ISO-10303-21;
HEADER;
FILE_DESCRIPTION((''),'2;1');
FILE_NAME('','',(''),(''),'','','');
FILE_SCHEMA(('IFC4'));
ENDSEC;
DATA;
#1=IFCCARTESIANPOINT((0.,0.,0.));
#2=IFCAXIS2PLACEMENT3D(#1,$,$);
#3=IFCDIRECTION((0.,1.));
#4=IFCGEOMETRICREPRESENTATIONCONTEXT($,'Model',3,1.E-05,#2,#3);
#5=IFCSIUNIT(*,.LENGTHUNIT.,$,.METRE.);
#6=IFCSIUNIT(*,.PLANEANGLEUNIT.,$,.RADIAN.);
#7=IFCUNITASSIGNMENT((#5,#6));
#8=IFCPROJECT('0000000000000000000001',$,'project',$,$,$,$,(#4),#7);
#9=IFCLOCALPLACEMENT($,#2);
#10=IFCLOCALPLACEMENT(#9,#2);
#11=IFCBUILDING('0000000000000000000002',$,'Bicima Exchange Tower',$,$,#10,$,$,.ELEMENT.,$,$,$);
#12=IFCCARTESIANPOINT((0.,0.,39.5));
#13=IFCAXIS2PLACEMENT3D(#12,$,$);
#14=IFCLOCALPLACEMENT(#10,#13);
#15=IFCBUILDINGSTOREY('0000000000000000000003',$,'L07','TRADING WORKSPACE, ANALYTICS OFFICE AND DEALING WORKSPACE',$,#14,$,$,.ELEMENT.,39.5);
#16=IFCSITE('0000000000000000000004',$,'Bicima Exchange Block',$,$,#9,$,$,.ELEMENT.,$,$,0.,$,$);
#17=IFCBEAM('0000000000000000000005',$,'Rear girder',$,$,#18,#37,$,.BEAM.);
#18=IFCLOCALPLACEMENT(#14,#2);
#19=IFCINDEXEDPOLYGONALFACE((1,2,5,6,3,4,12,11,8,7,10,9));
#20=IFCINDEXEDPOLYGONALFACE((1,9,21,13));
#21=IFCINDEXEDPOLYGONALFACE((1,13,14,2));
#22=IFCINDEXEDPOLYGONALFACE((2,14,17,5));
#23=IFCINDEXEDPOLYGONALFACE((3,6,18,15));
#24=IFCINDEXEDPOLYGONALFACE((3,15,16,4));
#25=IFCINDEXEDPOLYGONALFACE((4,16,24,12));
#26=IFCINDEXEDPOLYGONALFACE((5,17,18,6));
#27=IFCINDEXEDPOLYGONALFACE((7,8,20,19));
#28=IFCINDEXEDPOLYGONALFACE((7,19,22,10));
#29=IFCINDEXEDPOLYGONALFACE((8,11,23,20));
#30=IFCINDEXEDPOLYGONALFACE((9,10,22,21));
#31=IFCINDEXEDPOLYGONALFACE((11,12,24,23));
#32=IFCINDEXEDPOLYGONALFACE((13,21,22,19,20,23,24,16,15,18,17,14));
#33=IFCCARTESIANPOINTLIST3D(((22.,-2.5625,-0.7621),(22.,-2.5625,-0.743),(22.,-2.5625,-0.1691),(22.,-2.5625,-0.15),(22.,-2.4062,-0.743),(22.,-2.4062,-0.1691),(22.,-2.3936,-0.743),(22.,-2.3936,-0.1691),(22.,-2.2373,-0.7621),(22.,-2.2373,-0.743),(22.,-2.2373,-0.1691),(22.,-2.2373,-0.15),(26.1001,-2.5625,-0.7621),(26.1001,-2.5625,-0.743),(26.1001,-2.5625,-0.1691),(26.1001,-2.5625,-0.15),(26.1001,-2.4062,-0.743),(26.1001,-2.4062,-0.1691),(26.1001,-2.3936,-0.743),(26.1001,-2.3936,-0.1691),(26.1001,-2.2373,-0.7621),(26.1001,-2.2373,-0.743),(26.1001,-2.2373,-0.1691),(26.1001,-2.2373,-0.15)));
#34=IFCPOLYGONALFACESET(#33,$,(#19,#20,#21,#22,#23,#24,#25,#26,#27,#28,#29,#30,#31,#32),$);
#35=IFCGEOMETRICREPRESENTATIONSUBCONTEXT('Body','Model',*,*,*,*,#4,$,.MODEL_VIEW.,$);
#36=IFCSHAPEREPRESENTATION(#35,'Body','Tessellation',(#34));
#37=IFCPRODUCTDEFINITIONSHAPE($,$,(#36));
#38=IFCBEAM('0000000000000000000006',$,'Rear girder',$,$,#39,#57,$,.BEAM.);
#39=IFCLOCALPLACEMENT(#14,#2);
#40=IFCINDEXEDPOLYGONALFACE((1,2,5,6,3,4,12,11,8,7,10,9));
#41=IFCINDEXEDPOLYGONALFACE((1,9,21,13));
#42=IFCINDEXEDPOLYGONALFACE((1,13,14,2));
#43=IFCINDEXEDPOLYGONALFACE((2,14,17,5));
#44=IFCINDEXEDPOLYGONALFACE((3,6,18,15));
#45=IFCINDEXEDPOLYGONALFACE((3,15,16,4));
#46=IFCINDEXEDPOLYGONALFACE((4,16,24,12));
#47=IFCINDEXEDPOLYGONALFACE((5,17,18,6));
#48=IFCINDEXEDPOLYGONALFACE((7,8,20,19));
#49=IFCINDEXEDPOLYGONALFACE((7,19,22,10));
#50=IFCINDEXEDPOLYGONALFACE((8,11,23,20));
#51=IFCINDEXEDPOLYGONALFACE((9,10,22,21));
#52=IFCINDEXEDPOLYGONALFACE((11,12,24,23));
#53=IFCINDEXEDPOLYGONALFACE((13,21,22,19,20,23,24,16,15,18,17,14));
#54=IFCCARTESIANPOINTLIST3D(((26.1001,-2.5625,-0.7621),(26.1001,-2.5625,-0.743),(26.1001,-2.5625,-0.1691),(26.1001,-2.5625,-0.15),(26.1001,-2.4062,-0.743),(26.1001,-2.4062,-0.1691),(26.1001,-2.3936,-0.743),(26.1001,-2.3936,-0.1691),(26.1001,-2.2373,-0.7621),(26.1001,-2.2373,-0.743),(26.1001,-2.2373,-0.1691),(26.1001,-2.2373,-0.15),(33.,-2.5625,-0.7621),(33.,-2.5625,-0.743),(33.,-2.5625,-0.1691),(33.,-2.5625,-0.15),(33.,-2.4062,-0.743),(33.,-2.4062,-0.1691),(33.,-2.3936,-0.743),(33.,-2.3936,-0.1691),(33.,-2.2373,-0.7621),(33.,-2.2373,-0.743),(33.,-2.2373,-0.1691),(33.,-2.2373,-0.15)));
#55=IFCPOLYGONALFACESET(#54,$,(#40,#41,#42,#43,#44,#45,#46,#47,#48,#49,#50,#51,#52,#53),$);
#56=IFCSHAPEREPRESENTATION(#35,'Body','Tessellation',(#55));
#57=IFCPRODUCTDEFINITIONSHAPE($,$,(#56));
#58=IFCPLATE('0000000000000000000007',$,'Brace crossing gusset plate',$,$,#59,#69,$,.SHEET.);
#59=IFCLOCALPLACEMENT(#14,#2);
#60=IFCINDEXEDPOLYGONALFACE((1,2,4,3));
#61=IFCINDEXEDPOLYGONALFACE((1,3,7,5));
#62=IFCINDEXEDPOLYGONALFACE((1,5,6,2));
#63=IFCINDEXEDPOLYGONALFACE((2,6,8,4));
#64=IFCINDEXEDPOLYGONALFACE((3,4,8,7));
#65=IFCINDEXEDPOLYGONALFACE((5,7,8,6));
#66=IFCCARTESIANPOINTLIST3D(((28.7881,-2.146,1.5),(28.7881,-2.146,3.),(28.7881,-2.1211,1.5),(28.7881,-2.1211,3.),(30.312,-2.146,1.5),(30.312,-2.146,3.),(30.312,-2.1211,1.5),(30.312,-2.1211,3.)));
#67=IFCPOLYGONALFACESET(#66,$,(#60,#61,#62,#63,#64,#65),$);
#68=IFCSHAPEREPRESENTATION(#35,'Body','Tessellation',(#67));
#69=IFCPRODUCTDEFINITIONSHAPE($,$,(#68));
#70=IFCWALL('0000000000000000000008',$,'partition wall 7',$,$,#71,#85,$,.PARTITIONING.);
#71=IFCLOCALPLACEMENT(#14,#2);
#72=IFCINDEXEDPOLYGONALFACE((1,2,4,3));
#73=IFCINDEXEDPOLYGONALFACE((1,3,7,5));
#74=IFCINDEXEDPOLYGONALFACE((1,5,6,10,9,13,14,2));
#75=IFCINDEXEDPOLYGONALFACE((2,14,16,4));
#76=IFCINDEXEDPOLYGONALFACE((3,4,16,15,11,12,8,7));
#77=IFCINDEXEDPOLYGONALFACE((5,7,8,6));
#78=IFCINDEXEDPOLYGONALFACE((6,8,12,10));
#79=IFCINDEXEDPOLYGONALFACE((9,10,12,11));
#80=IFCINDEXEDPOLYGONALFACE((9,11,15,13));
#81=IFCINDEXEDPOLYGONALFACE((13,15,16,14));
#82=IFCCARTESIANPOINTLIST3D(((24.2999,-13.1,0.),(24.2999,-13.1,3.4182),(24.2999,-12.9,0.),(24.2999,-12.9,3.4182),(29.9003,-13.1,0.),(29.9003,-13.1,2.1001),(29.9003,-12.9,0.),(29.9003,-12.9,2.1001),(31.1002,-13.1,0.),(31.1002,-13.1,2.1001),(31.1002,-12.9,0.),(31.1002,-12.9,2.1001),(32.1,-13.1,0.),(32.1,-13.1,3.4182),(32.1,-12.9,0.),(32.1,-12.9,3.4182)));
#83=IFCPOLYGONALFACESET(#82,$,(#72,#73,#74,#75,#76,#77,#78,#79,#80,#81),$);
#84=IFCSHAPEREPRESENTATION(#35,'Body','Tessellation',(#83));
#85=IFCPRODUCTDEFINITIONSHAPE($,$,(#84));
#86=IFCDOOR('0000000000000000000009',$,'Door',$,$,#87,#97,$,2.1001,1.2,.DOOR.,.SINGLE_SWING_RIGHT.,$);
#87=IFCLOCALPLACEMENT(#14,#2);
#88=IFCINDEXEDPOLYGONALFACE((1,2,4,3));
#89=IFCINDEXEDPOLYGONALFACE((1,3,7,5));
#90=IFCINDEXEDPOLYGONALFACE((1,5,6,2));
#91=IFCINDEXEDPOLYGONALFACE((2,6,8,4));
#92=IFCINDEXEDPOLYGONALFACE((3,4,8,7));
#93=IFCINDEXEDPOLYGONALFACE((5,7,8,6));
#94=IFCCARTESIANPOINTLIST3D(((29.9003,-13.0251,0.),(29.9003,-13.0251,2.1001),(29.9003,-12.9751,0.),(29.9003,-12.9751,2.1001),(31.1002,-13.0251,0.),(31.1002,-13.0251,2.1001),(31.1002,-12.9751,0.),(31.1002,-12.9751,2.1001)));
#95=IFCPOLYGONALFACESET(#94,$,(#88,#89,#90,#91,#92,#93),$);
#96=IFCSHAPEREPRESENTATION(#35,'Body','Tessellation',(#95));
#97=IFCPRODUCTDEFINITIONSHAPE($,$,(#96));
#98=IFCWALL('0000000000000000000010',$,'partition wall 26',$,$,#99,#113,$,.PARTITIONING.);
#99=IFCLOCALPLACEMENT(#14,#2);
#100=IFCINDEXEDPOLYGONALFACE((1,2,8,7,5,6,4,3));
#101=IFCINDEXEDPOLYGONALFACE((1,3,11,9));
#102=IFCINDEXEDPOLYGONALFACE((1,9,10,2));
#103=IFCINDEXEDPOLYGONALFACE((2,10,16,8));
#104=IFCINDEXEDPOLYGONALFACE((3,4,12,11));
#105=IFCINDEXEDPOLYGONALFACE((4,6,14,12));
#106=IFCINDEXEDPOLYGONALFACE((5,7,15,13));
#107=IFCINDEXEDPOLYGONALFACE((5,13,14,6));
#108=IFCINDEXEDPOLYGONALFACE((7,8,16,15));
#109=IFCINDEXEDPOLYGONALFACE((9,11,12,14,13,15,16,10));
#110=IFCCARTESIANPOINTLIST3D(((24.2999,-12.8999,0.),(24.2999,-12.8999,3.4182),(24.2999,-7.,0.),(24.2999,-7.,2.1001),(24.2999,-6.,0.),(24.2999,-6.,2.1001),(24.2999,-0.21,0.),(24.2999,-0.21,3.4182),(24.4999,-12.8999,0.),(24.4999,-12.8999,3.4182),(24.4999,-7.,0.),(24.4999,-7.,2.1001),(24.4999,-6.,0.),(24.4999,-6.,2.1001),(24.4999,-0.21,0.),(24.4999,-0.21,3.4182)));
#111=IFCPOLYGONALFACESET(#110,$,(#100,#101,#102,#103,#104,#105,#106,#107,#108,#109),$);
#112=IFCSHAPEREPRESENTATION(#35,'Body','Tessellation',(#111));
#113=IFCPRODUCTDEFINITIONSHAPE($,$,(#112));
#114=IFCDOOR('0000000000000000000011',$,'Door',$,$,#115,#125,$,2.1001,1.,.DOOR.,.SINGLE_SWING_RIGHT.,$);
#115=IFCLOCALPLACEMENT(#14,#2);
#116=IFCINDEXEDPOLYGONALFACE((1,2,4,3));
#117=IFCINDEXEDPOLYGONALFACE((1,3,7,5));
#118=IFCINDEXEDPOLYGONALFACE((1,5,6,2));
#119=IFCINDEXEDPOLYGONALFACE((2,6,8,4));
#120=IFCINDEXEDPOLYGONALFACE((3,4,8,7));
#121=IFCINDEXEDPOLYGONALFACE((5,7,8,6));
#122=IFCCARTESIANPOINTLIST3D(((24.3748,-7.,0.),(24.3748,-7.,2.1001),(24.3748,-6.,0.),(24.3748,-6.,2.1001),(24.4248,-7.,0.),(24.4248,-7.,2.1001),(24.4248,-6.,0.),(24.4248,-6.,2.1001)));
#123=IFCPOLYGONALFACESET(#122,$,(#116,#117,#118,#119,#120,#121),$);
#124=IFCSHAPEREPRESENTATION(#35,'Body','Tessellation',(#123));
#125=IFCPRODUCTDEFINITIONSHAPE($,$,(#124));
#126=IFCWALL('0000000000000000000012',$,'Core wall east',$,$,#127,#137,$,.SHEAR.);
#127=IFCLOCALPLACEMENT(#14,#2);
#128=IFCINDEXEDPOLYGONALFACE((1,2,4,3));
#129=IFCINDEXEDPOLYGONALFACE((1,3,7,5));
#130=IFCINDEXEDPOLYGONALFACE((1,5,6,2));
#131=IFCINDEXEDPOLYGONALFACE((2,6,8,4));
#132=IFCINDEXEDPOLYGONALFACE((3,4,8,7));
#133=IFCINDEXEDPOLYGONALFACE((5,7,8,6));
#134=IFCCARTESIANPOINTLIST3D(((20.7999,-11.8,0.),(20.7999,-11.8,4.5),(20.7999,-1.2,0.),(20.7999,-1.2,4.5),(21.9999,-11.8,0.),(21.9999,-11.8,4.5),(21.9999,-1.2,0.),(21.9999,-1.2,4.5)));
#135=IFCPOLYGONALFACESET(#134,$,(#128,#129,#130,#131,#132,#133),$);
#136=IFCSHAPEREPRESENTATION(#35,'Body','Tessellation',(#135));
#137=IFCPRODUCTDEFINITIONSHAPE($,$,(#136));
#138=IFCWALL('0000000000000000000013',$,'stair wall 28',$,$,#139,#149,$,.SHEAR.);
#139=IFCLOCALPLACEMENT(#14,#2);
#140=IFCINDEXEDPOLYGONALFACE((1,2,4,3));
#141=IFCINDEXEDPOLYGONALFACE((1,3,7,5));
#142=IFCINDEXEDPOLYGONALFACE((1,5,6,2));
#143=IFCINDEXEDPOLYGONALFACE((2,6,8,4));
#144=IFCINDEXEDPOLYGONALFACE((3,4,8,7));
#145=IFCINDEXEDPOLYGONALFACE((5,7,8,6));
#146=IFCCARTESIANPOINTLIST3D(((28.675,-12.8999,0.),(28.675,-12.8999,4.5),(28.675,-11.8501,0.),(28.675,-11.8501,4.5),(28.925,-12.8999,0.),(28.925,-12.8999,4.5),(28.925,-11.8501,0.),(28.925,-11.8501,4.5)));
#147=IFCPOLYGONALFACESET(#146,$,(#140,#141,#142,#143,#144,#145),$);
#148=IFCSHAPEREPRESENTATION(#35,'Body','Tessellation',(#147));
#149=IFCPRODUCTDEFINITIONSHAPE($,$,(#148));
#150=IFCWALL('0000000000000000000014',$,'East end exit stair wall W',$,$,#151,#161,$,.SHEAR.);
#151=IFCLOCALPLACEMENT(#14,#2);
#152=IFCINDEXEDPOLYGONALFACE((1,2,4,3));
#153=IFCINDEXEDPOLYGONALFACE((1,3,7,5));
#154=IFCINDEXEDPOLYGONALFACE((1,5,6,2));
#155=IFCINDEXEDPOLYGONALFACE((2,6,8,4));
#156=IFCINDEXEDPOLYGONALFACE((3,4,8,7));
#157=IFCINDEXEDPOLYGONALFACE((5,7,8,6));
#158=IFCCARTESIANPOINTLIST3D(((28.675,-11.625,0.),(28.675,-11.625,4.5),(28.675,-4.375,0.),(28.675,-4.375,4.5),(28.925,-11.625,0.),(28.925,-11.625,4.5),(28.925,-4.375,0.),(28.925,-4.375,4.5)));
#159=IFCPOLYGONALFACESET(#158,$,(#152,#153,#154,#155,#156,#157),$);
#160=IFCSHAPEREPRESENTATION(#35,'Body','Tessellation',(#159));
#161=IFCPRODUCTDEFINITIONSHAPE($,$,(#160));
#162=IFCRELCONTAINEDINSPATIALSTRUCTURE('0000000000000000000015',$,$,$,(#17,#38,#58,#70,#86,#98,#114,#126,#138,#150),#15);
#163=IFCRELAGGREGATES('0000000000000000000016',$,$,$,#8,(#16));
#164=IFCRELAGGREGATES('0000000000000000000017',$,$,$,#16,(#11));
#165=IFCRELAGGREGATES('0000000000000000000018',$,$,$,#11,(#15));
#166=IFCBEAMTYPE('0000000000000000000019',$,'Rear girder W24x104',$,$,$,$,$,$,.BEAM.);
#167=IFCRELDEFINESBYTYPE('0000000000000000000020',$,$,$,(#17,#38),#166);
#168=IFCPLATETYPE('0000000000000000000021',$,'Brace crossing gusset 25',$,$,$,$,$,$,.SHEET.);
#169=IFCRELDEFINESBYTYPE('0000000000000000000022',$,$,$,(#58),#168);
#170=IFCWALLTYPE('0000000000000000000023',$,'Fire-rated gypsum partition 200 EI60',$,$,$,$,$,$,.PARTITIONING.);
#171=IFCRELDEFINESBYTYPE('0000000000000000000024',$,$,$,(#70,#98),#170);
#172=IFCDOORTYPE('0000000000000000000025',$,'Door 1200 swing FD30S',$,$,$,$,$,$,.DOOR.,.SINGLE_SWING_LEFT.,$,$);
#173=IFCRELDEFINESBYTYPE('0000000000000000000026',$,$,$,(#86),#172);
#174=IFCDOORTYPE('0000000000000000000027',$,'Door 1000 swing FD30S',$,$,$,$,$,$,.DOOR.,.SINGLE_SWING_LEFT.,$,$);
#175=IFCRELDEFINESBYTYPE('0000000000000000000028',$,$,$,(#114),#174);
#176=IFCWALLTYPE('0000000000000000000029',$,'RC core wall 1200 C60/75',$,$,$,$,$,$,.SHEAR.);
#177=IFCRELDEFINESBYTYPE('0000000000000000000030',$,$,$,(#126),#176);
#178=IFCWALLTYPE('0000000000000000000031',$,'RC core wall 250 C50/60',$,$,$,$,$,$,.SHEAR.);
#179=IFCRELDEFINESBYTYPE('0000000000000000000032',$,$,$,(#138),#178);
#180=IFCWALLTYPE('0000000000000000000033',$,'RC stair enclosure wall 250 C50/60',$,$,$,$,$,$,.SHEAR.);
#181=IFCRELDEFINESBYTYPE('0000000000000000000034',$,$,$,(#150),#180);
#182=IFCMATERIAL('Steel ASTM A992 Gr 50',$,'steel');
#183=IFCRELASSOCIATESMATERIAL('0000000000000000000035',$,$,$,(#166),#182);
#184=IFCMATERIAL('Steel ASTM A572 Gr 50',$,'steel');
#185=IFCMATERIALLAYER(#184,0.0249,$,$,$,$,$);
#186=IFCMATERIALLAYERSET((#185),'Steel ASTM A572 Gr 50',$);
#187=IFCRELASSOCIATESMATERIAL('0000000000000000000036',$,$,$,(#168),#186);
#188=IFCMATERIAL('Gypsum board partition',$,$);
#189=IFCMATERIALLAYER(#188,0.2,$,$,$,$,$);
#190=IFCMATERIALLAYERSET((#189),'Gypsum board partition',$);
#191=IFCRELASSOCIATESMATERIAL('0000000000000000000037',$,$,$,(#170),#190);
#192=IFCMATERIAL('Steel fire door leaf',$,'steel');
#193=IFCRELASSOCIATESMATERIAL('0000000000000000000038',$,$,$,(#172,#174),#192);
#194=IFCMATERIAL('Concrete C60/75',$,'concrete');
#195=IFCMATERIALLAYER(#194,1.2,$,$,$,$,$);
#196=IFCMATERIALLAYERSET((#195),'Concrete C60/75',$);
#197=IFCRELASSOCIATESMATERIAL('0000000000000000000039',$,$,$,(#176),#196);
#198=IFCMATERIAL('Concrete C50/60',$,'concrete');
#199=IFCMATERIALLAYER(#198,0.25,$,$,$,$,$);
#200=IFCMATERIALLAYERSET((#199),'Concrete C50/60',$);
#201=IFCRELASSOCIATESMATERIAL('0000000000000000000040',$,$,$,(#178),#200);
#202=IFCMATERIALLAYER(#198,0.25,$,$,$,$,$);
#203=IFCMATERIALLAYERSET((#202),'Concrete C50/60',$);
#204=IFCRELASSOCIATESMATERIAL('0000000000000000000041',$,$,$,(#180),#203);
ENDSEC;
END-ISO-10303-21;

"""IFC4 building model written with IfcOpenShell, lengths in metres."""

from ifc_helpers import new_model, si_unit, direction, frame, frame_2d, origin, origin_2d, place, context, subcontext, project, spatial, rectangle, i_section, extrude, material, layer, layer_set, material_profile, profile_set, type_object, element, fill, save


model = new_model("IFC4")

# Units and contexts
model_context = context("Model", 3, precision=1e-05, world=origin(), true_north=direction((0.0, 1.0)))
body_context = subcontext(model_context, "Body", "Model", "MODEL_VIEW")
ifc_project = project(units=[si_unit("LENGTHUNIT", "METRE"), si_unit("PLANEANGLEUNIT", "RADIAN")], contexts=[model_context])

# Site, building, storey
site_placement = place(None, origin())
site = spatial("IfcSite", under=ifc_project, at=site_placement, Name="Bicima Exchange Block", CompositionType="ELEMENT", RefElevation=0.0)
building_placement = place(site_placement, origin())
building = spatial("IfcBuilding", under=site, at=building_placement, Name="Bicima Exchange Tower", CompositionType="ELEMENT")
storey_placement = place(building_placement, frame((0.0, 0.0, 39.5)))
storey = spatial("IfcBuildingStorey", under=building, at=storey_placement, Name="L07", Description="TRADING WORKSPACE, ANALYTICS OFFICE AND DEALING WORKSPACE", CompositionType="ELEMENT", Elevation=39.5)

# Shared definitions
ifc_material_1 = material(Name="Steel ASTM A992 Gr 50", Category="steel")

# Shared definitions
ifc_material_2 = material(Name="Steel ASTM A572 Gr 50", Category="steel")

# Beams
ifc_material_profile_1 = material_profile(ifc_material_1, i_section(OverallWidth=0.3252, OverallDepth=0.6121, WebThickness=0.0127, FlangeThickness=0.019, at=origin_2d()))
ifc_profile_set_1 = profile_set([ifc_material_profile_1], Name="Steel ASTM A992 Gr 50")
beam_type_1 = type_object("IfcBeamType", Name="Rear girder W24x104", PredefinedType="BEAM", material=ifc_profile_set_1)
beam_1_placement = place(storey_placement, frame((22.0, -2.3999, -0.4561), z_axis=(1.0, 0.0, 0.0), x_axis=(0.0, 1.0, 0.0)))
element("IfcBeam", 1, at=beam_1_placement, inside=storey, type_object=beam_type_1, Name="Rear girder", PredefinedType="BEAM", context=body_context, shape_type="SweptSolid", body=[
    extrude(i_section(OverallWidth=0.3252, OverallDepth=0.6121, WebThickness=0.0127, FlangeThickness=0.019, at=origin_2d()), origin(), (0.0, 0.0, 1.0), 4.1001),
])
beam_2_placement = place(storey_placement, frame((26.1001, -2.3999, -0.4561), z_axis=(1.0, 0.0, 0.0), x_axis=(0.0, 1.0, 0.0)))
element("IfcBeam", 2, at=beam_2_placement, inside=storey, type_object=beam_type_1, Name="Rear girder", PredefinedType="BEAM", context=body_context, shape_type="SweptSolid", body=[
    extrude(i_section(OverallWidth=0.3252, OverallDepth=0.6121, WebThickness=0.0127, FlangeThickness=0.019, at=origin_2d()), origin(), (0.0, 0.0, 1.0), 6.8999),
])

# Plate
ifc_layer_1 = layer(ifc_material_2, 0.0249)
ifc_layer_set_1 = layer_set([ifc_layer_1], Name="Steel ASTM A572 Gr 50")
plate_type = type_object("IfcPlateType", Name="Brace crossing gusset 25", PredefinedType="SHEET", material=ifc_layer_set_1)
plate_placement = place(storey_placement, frame((29.55, -2.1335, 1.5), z_axis=(0.0, 0.0, 1.0), x_axis=(1.0, 0.0, 0.0)))
element("IfcPlate", 3, at=plate_placement, inside=storey, type_object=plate_type, Name="Brace crossing gusset plate", PredefinedType="SHEET", context=body_context, shape_type="SweptSolid", body=[
    extrude(rectangle(XDim=1.5239, YDim=0.0249, at=origin_2d()), origin(), (0.0, 0.0, 1.0), 1.5),
])

# Walls, openings, doors
ifc_material_3 = material(Name="Gypsum board partition")
ifc_layer_2 = layer(ifc_material_3, 0.2)
ifc_layer_set_2 = layer_set([ifc_layer_2], Name="Gypsum board partition")
wall_type_1 = type_object("IfcWallType", Name="Fire-rated gypsum partition 200 EI60", PredefinedType="PARTITIONING", material=ifc_layer_set_2)
wall_1_placement = place(storey_placement, frame((24.3, -13.0, 0.0), z_axis=(0.0, 0.0, 1.0), x_axis=(1.0, 0.0, 0.0)))
wall_1 = element("IfcWall", 4, at=wall_1_placement, inside=storey, type_object=wall_type_1, Name="partition wall 7", PredefinedType="PARTITIONING", context=body_context, shape_type="SweptSolid", body=[
    extrude(rectangle(XDim=7.8, YDim=0.2, at=frame_2d((3.8999, 0.0))), origin(), (0.0, 0.0, 1.0), 3.4182),
])
opening_1_placement = place(wall_1_placement, frame((5.6001, 0.0, 0.0)))
opening_1 = element("IfcOpeningElement", 5, at=opening_1_placement, cuts=wall_1, PredefinedType="OPENING", context=body_context, shape_type="SweptSolid", body=[
    extrude(rectangle(XDim=1.2, YDim=2.1001, at=frame_2d((0.6001, 1.05))), frame((0.0, 0.1118, 0.0), z_axis=(0.0, -1.0, 0.0), x_axis=(1.0, 0.0, 0.0)), (0.0, 0.0, 1.0), 0.2239),
])
ifc_material_4 = material(Name="Steel fire door leaf", Category="steel")
door_type_1 = type_object("IfcDoorType", Name="Door 1200 swing FD30S", OperationType="SINGLE_SWING_LEFT", PredefinedType="DOOR", material=ifc_material_4)
door_1_placement = place(opening_1_placement, origin())
door_1 = element("IfcDoor", 6, at=door_1_placement, inside=storey, type_object=door_type_1, Name="Door", OperationType="SINGLE_SWING_RIGHT", OverallHeight=2.1001, OverallWidth=1.2, PredefinedType="DOOR", context=body_context, shape_type="SweptSolid", body=[
    extrude(rectangle(XDim=1.2, YDim=2.1001, at=frame_2d((0.6001, 1.05))), frame((0.0, 0.0249, 0.0), z_axis=(0.0, -1.0, 0.0), x_axis=(1.0, 0.0, 0.0)), (0.0, 0.0, 1.0), 0.05),
])
fill(opening_1, door_1)
wall_2_placement = place(storey_placement, frame((24.3999, -12.8999, 0.0), z_axis=(0.0, 0.0, 1.0), x_axis=(0.0, 1.0, 0.0)))
wall_2 = element("IfcWall", 7, at=wall_2_placement, inside=storey, type_object=wall_type_1, Name="partition wall 26", PredefinedType="PARTITIONING", context=body_context, shape_type="SweptSolid", body=[
    extrude(rectangle(XDim=12.6899, YDim=0.2, at=frame_2d((6.345, 0.0))), origin(), (0.0, 0.0, 1.0), 3.4182),
])
opening_2_placement = place(wall_2_placement, frame((5.8999, 0.0, 0.0)))
opening_2 = element("IfcOpeningElement", 8, at=opening_2_placement, cuts=wall_2, PredefinedType="OPENING", context=body_context, shape_type="SweptSolid", body=[
    extrude(rectangle(XDim=1.0, YDim=2.1001, at=frame_2d((0.5, 1.05))), frame((0.0, 0.1118, 0.0), z_axis=(0.0, -1.0, 0.0), x_axis=(1.0, 0.0, 0.0)), (0.0, 0.0, 1.0), 0.2239),
])
door_type_2 = type_object("IfcDoorType", Name="Door 1000 swing FD30S", OperationType="SINGLE_SWING_LEFT", PredefinedType="DOOR", material=ifc_material_4)
door_2_placement = place(opening_2_placement, frame((1.0, 0.0, 0.0), z_axis=(0.0, 0.0, 1.0), x_axis=(-1.0, 0.0, 0.0)))
door_2 = element("IfcDoor", 9, at=door_2_placement, inside=storey, type_object=door_type_2, Name="Door", OperationType="SINGLE_SWING_RIGHT", OverallHeight=2.1001, OverallWidth=1.0, PredefinedType="DOOR", context=body_context, shape_type="SweptSolid", body=[
    extrude(rectangle(XDim=1.0, YDim=2.1001, at=frame_2d((0.5, 1.05))), frame((0.0, 0.0249, 0.0), z_axis=(0.0, -1.0, 0.0), x_axis=(1.0, 0.0, 0.0)), (0.0, 0.0, 1.0), 0.05),
])
fill(opening_2, door_2)

# Walls
ifc_material_5 = material(Name="Concrete C60/75", Category="concrete")
ifc_layer_3 = layer(ifc_material_5, 1.2)
ifc_layer_set_3 = layer_set([ifc_layer_3], Name="Concrete C60/75")
wall_type_2 = type_object("IfcWallType", Name="RC core wall 1200 C60/75", PredefinedType="SHEAR", material=ifc_layer_set_3)
wall_3_placement = place(storey_placement, frame((21.3999, -11.8, 0.0), z_axis=(0.0, 0.0, 1.0), x_axis=(0.0, 1.0, 0.0)))
element("IfcWall", 10, at=wall_3_placement, inside=storey, type_object=wall_type_2, Name="Core wall east", PredefinedType="SHEAR", context=body_context, shape_type="SweptSolid", body=[
    extrude(rectangle(XDim=10.6001, YDim=1.2, at=frame_2d((5.3, 0.0))), origin(), (0.0, 0.0, 1.0), 4.5),
])
ifc_material_6 = material(Name="Concrete C50/60", Category="concrete")
ifc_layer_4 = layer(ifc_material_6, 0.25)
ifc_layer_set_4 = layer_set([ifc_layer_4], Name="Concrete C50/60")
wall_type_3 = type_object("IfcWallType", Name="RC core wall 250 C50/60", PredefinedType="SHEAR", material=ifc_layer_set_4)
wall_4_placement = place(storey_placement, frame((28.8, -12.8999, 0.0), z_axis=(0.0, 0.0, 1.0), x_axis=(0.0, 1.0, 0.0)))
element("IfcWall", 11, at=wall_4_placement, inside=storey, type_object=wall_type_3, Name="stair wall 28", PredefinedType="SHEAR", context=body_context, shape_type="SweptSolid", body=[
    extrude(rectangle(XDim=1.0498, YDim=0.25, at=frame_2d((0.5249, 0.0))), origin(), (0.0, 0.0, 1.0), 4.5),
])
ifc_layer_5 = layer(ifc_material_6, 0.25)
ifc_layer_set_5 = layer_set([ifc_layer_5], Name="Concrete C50/60")
wall_type_4 = type_object("IfcWallType", Name="RC stair enclosure wall 250 C50/60", PredefinedType="SHEAR", material=ifc_layer_set_5)
wall_5_placement = place(storey_placement, frame((28.8, -11.625, 0.0), z_axis=(0.0, 0.0, 1.0), x_axis=(0.0, 1.0, 0.0)))
element("IfcWall", 12, at=wall_5_placement, inside=storey, type_object=wall_type_4, Name="East end exit stair wall W", PredefinedType="SHEAR", context=body_context, shape_type="SweptSolid", body=[
    extrude(rectangle(XDim=7.25, YDim=0.25, at=frame_2d((3.625, 0.0))), origin(), (0.0, 0.0, 1.0), 4.5),
])

save(model, "model.ifc")
